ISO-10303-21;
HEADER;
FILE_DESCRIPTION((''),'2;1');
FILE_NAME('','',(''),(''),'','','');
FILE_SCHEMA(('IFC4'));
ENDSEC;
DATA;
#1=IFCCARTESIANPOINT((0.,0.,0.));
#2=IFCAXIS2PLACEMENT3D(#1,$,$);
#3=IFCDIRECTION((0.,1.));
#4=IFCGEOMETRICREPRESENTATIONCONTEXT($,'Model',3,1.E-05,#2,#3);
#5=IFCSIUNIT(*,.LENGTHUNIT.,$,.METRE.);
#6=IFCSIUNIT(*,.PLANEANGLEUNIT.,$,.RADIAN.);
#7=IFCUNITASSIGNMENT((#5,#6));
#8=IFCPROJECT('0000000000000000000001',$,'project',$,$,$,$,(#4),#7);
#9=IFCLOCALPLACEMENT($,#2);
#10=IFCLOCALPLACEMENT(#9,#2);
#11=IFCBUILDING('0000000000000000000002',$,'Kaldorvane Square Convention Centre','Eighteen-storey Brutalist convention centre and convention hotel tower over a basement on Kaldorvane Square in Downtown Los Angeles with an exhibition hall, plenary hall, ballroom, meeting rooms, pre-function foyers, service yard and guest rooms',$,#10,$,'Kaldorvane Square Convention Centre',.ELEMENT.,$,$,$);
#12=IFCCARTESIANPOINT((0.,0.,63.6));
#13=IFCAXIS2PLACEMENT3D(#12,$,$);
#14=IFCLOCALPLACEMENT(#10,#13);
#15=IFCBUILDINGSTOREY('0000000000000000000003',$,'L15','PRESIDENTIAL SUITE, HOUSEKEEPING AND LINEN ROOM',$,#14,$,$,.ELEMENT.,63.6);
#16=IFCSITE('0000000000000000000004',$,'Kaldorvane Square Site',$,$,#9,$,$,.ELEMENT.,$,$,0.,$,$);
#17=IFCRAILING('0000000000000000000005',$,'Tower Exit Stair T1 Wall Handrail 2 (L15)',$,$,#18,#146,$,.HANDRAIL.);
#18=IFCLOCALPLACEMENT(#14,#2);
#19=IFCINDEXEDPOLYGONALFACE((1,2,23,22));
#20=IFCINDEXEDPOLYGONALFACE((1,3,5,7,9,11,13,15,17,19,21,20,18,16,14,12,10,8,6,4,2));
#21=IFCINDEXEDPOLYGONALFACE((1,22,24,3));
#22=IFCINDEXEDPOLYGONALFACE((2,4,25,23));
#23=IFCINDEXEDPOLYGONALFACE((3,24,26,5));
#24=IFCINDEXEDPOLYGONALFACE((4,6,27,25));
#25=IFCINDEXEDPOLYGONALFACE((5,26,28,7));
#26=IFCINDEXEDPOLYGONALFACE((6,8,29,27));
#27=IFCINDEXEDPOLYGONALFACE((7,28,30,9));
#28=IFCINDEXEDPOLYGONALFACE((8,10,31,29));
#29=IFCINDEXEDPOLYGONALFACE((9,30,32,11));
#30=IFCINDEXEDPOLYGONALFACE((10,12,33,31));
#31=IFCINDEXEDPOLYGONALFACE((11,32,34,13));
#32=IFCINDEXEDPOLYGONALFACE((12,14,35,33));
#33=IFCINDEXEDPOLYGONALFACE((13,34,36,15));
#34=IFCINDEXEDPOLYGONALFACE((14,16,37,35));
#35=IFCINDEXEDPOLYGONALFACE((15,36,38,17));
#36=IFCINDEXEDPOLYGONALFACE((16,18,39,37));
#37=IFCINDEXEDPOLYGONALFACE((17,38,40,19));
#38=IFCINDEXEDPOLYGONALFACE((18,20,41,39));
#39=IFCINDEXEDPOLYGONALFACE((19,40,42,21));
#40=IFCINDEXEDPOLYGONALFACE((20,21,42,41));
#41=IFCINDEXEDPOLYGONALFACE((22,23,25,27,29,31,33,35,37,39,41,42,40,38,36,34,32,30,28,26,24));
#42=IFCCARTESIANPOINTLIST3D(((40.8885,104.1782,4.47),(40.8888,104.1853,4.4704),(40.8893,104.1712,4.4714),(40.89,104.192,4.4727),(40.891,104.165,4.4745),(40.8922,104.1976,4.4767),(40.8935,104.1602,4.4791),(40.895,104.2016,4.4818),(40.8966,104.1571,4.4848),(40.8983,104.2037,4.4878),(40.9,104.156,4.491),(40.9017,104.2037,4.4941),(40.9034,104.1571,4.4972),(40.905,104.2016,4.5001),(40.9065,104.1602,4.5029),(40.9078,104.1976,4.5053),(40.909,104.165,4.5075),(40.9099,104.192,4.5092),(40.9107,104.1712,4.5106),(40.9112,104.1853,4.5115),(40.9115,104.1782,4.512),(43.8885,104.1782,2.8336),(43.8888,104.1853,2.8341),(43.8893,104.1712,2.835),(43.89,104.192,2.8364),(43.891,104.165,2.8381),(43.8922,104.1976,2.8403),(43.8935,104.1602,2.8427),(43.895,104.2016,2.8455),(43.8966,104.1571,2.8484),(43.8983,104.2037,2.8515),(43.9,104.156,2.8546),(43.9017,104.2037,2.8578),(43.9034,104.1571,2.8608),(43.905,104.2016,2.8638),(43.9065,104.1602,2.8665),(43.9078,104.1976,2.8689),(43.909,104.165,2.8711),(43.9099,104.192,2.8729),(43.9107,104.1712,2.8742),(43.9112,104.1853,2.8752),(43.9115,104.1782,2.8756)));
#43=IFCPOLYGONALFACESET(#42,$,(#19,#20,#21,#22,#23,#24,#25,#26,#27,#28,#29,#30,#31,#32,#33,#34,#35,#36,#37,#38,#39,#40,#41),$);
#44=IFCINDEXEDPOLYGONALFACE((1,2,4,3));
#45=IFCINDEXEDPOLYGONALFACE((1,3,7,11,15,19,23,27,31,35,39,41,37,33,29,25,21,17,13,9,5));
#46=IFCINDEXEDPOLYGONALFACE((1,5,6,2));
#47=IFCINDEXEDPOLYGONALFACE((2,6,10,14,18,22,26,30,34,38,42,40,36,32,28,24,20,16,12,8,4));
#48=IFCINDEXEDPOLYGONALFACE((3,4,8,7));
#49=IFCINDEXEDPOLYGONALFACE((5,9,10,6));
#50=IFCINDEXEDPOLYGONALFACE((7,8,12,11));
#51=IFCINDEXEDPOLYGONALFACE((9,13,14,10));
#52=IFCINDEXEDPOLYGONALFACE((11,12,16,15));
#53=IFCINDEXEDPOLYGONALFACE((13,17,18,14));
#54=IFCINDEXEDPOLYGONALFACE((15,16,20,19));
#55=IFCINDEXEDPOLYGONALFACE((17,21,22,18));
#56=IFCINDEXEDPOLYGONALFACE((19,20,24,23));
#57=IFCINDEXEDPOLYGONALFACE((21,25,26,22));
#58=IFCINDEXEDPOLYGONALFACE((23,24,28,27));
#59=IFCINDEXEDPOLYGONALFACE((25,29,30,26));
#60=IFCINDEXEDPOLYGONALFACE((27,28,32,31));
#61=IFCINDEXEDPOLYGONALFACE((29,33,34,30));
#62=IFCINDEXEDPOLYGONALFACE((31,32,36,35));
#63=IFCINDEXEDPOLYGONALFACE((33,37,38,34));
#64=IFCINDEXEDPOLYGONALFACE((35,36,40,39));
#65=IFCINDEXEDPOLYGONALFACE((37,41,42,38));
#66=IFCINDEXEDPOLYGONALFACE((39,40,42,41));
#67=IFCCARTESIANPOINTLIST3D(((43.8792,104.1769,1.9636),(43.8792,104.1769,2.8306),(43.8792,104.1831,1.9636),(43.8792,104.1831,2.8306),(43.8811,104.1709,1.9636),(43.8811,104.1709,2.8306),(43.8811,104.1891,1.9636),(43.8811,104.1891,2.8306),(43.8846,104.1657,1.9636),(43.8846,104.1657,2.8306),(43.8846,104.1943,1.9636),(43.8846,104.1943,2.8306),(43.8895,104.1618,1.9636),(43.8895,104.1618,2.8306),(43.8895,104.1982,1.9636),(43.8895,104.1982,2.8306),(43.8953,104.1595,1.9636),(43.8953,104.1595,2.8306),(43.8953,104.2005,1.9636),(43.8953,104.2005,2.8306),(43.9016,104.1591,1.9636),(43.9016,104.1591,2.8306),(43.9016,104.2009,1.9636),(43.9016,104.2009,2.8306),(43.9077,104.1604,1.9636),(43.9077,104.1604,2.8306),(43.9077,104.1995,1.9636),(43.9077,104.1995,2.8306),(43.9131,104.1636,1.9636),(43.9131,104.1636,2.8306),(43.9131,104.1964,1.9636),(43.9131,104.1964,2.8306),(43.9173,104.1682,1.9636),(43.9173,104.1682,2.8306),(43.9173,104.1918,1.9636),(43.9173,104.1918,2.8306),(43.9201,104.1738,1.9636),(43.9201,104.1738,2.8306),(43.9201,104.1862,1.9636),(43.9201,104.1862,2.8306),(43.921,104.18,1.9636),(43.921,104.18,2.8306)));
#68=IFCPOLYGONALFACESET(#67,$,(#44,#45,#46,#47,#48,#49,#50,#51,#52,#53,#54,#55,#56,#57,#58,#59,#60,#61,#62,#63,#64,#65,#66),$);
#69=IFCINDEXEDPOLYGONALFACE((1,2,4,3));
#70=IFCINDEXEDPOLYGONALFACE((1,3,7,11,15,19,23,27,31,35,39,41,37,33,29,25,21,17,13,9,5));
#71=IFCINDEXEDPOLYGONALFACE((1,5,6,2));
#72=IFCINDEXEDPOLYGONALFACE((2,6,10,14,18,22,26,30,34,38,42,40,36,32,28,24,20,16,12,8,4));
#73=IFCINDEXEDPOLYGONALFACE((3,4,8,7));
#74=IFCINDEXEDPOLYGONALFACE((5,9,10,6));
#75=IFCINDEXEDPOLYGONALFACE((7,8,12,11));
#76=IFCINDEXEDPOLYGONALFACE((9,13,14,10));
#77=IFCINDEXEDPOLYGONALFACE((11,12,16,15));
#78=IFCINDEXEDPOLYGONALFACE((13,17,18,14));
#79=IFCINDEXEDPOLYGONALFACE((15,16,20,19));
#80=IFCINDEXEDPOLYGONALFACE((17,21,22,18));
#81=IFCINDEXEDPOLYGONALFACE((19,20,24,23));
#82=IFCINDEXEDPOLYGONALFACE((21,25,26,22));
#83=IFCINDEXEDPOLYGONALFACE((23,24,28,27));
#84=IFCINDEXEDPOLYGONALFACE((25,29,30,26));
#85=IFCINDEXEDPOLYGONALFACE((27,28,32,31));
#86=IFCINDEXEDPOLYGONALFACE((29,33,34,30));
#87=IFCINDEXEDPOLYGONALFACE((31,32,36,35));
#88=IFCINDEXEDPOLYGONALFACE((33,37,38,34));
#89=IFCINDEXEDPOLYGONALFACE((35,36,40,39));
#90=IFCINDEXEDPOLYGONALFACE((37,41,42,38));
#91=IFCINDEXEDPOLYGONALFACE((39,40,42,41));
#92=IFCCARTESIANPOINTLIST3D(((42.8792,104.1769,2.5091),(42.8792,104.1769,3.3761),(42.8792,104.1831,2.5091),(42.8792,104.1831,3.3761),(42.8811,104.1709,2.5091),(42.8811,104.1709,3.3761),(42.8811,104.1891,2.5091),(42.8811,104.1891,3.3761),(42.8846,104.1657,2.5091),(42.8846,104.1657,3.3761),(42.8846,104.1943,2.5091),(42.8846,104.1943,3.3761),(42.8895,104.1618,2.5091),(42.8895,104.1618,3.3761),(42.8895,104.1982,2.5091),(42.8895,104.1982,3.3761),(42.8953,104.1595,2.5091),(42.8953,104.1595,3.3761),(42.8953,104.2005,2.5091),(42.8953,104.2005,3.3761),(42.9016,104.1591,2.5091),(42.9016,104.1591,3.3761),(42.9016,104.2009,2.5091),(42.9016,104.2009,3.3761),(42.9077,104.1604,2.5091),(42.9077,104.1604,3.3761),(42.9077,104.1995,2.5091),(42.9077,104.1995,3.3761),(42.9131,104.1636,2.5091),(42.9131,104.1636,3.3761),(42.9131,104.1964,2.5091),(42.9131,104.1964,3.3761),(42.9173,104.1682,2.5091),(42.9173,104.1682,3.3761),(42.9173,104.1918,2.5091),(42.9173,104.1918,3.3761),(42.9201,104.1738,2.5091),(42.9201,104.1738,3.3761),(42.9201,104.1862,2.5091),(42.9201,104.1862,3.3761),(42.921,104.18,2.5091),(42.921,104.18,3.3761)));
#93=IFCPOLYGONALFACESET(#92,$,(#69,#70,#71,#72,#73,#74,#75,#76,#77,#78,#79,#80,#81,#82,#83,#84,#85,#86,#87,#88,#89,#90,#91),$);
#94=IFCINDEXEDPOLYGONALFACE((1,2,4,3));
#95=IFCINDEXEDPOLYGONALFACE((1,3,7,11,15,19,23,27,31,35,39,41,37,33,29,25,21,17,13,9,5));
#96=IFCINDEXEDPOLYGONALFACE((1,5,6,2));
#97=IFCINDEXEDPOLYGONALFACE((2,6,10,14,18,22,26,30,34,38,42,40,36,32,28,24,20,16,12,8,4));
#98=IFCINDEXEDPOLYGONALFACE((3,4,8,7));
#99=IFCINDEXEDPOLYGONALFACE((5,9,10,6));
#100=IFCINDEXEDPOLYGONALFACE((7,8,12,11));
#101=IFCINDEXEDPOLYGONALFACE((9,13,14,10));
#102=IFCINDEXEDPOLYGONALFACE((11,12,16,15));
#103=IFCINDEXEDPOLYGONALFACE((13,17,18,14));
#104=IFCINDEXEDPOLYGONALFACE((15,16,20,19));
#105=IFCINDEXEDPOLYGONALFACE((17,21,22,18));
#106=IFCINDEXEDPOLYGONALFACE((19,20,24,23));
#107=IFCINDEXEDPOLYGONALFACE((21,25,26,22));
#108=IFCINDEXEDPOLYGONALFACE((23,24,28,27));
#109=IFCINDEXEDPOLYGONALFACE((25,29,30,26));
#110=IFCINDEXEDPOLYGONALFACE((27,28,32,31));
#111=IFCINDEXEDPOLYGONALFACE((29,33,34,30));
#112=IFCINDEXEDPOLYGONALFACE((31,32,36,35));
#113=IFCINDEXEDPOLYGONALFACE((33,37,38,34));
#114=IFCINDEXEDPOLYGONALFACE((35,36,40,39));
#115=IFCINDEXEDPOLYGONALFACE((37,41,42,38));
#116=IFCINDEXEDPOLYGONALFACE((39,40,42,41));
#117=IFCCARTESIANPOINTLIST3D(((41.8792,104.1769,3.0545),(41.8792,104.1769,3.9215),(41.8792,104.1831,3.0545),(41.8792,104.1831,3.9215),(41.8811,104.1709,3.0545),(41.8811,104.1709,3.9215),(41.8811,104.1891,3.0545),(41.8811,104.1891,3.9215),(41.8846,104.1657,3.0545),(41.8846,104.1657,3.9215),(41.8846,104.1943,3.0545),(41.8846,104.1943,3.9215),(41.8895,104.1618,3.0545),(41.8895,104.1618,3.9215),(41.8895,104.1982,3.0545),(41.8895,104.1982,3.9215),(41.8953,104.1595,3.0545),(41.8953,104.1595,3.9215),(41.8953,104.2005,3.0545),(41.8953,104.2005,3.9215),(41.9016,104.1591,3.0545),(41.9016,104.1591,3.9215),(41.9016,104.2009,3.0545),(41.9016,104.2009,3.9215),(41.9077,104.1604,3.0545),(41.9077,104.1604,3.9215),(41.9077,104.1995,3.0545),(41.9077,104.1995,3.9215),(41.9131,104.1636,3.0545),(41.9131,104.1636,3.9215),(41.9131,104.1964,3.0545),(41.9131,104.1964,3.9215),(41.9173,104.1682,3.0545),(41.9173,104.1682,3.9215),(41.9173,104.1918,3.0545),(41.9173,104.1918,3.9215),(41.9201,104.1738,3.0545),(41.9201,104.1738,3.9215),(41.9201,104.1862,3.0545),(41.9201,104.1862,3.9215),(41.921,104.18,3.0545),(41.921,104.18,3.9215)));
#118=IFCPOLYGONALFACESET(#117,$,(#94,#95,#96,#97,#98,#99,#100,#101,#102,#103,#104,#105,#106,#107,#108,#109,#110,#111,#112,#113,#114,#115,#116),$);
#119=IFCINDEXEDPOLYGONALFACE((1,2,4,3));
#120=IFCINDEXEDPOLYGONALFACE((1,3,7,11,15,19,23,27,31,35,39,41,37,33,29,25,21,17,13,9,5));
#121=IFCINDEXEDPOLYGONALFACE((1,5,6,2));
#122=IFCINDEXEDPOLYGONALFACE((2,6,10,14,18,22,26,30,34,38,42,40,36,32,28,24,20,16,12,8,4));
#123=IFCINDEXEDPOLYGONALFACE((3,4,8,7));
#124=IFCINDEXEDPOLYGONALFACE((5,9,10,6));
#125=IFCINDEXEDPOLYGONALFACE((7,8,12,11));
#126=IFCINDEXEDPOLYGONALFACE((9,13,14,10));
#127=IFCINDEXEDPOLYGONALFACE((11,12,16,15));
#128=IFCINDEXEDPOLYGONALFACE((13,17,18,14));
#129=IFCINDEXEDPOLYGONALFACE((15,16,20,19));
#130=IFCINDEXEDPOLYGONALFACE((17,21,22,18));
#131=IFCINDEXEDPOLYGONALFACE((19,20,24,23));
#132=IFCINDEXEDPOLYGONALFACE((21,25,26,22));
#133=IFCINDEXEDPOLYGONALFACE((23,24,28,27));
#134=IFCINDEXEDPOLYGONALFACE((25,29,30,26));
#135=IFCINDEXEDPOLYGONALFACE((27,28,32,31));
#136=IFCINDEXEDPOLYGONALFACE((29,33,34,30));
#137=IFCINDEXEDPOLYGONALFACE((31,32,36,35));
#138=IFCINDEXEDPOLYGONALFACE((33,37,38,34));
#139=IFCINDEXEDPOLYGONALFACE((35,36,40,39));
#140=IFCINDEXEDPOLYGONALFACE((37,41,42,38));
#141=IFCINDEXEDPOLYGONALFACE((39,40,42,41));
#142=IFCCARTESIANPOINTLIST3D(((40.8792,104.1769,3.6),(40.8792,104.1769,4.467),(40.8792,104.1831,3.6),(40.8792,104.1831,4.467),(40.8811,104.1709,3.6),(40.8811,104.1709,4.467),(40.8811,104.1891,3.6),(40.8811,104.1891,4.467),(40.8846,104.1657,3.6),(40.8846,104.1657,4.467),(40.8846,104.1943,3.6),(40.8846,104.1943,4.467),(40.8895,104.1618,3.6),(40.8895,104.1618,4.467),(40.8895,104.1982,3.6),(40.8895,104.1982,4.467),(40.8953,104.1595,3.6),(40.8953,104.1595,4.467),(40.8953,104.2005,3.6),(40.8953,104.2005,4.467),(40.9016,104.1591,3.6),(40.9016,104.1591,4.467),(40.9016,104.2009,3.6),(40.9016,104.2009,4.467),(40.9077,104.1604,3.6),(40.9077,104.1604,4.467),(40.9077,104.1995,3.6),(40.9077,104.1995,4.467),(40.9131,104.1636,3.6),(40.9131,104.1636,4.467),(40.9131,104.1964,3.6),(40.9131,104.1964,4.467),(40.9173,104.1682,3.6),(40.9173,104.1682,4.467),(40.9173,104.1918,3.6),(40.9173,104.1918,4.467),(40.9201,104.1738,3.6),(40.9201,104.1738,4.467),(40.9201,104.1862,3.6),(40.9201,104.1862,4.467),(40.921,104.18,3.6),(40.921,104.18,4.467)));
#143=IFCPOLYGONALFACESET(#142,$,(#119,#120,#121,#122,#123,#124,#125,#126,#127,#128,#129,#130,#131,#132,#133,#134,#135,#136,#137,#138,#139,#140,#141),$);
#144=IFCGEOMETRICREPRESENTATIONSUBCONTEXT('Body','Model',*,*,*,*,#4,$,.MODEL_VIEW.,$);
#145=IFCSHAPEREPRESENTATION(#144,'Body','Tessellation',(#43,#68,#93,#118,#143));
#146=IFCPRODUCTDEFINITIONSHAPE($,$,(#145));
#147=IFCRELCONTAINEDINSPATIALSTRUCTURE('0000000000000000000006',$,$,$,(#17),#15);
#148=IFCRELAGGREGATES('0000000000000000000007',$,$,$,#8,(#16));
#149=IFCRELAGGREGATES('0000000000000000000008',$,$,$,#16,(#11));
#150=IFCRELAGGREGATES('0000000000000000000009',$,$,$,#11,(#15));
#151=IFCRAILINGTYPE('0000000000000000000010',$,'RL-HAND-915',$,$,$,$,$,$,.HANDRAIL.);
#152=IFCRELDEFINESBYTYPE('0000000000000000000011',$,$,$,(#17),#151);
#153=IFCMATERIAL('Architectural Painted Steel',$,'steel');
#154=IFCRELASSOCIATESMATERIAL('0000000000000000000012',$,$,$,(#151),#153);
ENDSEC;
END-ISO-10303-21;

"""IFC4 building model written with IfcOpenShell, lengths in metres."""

from ifc_helpers import new_model, si_unit, direction, frame, origin, origin_2d, place, context, subcontext, project, spatial, circle, extrude, material, type_object, element, save


model = new_model("IFC4")

# Units and contexts
model_context = context("Model", 3, precision=1e-05, world=origin(), true_north=direction((0.0, 1.0)))
body_context = subcontext(model_context, "Body", "Model", "MODEL_VIEW")
ifc_project = project(units=[si_unit("LENGTHUNIT", "METRE"), si_unit("PLANEANGLEUNIT", "RADIAN")], contexts=[model_context])

# Site, building, storey
site_placement = place(None, origin())
site = spatial("IfcSite", under=ifc_project, at=site_placement, Name="Kaldorvane Square Site", CompositionType="ELEMENT", RefElevation=0.0)
building_placement = place(site_placement, origin())
building = spatial("IfcBuilding", under=site, at=building_placement, Name="Kaldorvane Square Convention Centre", Description="Eighteen-storey Brutalist convention centre and convention hotel tower over a basement on Kaldorvane Square in Downtown Los Angeles with an exhibition hall, plenary hall, ballroom, meeting rooms, pre-function foyers, service yard and guest rooms", LongName="Kaldorvane Square Convention Centre", CompositionType="ELEMENT")
storey_placement = place(building_placement, frame((0.0, 0.0, 63.6)))
storey = spatial("IfcBuildingStorey", under=building, at=storey_placement, Name="L15", Description="PRESIDENTIAL SUITE, HOUSEKEEPING AND LINEN ROOM", CompositionType="ELEMENT", Elevation=63.6)

# Railing
ifc_material_1 = material(Name="Architectural Painted Steel", Category="steel")
railing_type_1 = type_object("IfcRailingType", Name="RL-HAND-915", PredefinedType="HANDRAIL", material=ifc_material_1)
railing_1_placement = place(storey_placement, frame((43.9, 104.18, 1.9636)))
element("IfcRailing", 1, at=railing_1_placement, inside=storey, type_object=railing_type_1, Name="Tower Exit Stair T1 Wall Handrail 2 (L15)", PredefinedType="HANDRAIL", context=body_context, shape_type="SweptSolid", body=[
    extrude(circle(Radius=0.024, at=origin_2d()), frame((0.0, 0.0, 0.891), z_axis=(-0.877895, 0.0, 0.478853), x_axis=(0.0, -1.0, 0.0)), (0.0, 0.0, 1.0), 3.4173),
    extrude(circle(Radius=0.021, at=origin_2d()), origin(), (0.0, 0.0, 1.0), 0.867),
    extrude(circle(Radius=0.021, at=origin_2d()), frame((-1.0, 0.0, 0.5455)), (0.0, 0.0, 1.0), 0.867),
    extrude(circle(Radius=0.021, at=origin_2d()), frame((-2.0, 0.0, 1.0909)), (0.0, 0.0, 1.0), 0.867),
    extrude(circle(Radius=0.021, at=origin_2d()), frame((-3.0, 0.0, 1.6364)), (0.0, 0.0, 1.0), 0.867),
])

save(model, "model.ifc")
